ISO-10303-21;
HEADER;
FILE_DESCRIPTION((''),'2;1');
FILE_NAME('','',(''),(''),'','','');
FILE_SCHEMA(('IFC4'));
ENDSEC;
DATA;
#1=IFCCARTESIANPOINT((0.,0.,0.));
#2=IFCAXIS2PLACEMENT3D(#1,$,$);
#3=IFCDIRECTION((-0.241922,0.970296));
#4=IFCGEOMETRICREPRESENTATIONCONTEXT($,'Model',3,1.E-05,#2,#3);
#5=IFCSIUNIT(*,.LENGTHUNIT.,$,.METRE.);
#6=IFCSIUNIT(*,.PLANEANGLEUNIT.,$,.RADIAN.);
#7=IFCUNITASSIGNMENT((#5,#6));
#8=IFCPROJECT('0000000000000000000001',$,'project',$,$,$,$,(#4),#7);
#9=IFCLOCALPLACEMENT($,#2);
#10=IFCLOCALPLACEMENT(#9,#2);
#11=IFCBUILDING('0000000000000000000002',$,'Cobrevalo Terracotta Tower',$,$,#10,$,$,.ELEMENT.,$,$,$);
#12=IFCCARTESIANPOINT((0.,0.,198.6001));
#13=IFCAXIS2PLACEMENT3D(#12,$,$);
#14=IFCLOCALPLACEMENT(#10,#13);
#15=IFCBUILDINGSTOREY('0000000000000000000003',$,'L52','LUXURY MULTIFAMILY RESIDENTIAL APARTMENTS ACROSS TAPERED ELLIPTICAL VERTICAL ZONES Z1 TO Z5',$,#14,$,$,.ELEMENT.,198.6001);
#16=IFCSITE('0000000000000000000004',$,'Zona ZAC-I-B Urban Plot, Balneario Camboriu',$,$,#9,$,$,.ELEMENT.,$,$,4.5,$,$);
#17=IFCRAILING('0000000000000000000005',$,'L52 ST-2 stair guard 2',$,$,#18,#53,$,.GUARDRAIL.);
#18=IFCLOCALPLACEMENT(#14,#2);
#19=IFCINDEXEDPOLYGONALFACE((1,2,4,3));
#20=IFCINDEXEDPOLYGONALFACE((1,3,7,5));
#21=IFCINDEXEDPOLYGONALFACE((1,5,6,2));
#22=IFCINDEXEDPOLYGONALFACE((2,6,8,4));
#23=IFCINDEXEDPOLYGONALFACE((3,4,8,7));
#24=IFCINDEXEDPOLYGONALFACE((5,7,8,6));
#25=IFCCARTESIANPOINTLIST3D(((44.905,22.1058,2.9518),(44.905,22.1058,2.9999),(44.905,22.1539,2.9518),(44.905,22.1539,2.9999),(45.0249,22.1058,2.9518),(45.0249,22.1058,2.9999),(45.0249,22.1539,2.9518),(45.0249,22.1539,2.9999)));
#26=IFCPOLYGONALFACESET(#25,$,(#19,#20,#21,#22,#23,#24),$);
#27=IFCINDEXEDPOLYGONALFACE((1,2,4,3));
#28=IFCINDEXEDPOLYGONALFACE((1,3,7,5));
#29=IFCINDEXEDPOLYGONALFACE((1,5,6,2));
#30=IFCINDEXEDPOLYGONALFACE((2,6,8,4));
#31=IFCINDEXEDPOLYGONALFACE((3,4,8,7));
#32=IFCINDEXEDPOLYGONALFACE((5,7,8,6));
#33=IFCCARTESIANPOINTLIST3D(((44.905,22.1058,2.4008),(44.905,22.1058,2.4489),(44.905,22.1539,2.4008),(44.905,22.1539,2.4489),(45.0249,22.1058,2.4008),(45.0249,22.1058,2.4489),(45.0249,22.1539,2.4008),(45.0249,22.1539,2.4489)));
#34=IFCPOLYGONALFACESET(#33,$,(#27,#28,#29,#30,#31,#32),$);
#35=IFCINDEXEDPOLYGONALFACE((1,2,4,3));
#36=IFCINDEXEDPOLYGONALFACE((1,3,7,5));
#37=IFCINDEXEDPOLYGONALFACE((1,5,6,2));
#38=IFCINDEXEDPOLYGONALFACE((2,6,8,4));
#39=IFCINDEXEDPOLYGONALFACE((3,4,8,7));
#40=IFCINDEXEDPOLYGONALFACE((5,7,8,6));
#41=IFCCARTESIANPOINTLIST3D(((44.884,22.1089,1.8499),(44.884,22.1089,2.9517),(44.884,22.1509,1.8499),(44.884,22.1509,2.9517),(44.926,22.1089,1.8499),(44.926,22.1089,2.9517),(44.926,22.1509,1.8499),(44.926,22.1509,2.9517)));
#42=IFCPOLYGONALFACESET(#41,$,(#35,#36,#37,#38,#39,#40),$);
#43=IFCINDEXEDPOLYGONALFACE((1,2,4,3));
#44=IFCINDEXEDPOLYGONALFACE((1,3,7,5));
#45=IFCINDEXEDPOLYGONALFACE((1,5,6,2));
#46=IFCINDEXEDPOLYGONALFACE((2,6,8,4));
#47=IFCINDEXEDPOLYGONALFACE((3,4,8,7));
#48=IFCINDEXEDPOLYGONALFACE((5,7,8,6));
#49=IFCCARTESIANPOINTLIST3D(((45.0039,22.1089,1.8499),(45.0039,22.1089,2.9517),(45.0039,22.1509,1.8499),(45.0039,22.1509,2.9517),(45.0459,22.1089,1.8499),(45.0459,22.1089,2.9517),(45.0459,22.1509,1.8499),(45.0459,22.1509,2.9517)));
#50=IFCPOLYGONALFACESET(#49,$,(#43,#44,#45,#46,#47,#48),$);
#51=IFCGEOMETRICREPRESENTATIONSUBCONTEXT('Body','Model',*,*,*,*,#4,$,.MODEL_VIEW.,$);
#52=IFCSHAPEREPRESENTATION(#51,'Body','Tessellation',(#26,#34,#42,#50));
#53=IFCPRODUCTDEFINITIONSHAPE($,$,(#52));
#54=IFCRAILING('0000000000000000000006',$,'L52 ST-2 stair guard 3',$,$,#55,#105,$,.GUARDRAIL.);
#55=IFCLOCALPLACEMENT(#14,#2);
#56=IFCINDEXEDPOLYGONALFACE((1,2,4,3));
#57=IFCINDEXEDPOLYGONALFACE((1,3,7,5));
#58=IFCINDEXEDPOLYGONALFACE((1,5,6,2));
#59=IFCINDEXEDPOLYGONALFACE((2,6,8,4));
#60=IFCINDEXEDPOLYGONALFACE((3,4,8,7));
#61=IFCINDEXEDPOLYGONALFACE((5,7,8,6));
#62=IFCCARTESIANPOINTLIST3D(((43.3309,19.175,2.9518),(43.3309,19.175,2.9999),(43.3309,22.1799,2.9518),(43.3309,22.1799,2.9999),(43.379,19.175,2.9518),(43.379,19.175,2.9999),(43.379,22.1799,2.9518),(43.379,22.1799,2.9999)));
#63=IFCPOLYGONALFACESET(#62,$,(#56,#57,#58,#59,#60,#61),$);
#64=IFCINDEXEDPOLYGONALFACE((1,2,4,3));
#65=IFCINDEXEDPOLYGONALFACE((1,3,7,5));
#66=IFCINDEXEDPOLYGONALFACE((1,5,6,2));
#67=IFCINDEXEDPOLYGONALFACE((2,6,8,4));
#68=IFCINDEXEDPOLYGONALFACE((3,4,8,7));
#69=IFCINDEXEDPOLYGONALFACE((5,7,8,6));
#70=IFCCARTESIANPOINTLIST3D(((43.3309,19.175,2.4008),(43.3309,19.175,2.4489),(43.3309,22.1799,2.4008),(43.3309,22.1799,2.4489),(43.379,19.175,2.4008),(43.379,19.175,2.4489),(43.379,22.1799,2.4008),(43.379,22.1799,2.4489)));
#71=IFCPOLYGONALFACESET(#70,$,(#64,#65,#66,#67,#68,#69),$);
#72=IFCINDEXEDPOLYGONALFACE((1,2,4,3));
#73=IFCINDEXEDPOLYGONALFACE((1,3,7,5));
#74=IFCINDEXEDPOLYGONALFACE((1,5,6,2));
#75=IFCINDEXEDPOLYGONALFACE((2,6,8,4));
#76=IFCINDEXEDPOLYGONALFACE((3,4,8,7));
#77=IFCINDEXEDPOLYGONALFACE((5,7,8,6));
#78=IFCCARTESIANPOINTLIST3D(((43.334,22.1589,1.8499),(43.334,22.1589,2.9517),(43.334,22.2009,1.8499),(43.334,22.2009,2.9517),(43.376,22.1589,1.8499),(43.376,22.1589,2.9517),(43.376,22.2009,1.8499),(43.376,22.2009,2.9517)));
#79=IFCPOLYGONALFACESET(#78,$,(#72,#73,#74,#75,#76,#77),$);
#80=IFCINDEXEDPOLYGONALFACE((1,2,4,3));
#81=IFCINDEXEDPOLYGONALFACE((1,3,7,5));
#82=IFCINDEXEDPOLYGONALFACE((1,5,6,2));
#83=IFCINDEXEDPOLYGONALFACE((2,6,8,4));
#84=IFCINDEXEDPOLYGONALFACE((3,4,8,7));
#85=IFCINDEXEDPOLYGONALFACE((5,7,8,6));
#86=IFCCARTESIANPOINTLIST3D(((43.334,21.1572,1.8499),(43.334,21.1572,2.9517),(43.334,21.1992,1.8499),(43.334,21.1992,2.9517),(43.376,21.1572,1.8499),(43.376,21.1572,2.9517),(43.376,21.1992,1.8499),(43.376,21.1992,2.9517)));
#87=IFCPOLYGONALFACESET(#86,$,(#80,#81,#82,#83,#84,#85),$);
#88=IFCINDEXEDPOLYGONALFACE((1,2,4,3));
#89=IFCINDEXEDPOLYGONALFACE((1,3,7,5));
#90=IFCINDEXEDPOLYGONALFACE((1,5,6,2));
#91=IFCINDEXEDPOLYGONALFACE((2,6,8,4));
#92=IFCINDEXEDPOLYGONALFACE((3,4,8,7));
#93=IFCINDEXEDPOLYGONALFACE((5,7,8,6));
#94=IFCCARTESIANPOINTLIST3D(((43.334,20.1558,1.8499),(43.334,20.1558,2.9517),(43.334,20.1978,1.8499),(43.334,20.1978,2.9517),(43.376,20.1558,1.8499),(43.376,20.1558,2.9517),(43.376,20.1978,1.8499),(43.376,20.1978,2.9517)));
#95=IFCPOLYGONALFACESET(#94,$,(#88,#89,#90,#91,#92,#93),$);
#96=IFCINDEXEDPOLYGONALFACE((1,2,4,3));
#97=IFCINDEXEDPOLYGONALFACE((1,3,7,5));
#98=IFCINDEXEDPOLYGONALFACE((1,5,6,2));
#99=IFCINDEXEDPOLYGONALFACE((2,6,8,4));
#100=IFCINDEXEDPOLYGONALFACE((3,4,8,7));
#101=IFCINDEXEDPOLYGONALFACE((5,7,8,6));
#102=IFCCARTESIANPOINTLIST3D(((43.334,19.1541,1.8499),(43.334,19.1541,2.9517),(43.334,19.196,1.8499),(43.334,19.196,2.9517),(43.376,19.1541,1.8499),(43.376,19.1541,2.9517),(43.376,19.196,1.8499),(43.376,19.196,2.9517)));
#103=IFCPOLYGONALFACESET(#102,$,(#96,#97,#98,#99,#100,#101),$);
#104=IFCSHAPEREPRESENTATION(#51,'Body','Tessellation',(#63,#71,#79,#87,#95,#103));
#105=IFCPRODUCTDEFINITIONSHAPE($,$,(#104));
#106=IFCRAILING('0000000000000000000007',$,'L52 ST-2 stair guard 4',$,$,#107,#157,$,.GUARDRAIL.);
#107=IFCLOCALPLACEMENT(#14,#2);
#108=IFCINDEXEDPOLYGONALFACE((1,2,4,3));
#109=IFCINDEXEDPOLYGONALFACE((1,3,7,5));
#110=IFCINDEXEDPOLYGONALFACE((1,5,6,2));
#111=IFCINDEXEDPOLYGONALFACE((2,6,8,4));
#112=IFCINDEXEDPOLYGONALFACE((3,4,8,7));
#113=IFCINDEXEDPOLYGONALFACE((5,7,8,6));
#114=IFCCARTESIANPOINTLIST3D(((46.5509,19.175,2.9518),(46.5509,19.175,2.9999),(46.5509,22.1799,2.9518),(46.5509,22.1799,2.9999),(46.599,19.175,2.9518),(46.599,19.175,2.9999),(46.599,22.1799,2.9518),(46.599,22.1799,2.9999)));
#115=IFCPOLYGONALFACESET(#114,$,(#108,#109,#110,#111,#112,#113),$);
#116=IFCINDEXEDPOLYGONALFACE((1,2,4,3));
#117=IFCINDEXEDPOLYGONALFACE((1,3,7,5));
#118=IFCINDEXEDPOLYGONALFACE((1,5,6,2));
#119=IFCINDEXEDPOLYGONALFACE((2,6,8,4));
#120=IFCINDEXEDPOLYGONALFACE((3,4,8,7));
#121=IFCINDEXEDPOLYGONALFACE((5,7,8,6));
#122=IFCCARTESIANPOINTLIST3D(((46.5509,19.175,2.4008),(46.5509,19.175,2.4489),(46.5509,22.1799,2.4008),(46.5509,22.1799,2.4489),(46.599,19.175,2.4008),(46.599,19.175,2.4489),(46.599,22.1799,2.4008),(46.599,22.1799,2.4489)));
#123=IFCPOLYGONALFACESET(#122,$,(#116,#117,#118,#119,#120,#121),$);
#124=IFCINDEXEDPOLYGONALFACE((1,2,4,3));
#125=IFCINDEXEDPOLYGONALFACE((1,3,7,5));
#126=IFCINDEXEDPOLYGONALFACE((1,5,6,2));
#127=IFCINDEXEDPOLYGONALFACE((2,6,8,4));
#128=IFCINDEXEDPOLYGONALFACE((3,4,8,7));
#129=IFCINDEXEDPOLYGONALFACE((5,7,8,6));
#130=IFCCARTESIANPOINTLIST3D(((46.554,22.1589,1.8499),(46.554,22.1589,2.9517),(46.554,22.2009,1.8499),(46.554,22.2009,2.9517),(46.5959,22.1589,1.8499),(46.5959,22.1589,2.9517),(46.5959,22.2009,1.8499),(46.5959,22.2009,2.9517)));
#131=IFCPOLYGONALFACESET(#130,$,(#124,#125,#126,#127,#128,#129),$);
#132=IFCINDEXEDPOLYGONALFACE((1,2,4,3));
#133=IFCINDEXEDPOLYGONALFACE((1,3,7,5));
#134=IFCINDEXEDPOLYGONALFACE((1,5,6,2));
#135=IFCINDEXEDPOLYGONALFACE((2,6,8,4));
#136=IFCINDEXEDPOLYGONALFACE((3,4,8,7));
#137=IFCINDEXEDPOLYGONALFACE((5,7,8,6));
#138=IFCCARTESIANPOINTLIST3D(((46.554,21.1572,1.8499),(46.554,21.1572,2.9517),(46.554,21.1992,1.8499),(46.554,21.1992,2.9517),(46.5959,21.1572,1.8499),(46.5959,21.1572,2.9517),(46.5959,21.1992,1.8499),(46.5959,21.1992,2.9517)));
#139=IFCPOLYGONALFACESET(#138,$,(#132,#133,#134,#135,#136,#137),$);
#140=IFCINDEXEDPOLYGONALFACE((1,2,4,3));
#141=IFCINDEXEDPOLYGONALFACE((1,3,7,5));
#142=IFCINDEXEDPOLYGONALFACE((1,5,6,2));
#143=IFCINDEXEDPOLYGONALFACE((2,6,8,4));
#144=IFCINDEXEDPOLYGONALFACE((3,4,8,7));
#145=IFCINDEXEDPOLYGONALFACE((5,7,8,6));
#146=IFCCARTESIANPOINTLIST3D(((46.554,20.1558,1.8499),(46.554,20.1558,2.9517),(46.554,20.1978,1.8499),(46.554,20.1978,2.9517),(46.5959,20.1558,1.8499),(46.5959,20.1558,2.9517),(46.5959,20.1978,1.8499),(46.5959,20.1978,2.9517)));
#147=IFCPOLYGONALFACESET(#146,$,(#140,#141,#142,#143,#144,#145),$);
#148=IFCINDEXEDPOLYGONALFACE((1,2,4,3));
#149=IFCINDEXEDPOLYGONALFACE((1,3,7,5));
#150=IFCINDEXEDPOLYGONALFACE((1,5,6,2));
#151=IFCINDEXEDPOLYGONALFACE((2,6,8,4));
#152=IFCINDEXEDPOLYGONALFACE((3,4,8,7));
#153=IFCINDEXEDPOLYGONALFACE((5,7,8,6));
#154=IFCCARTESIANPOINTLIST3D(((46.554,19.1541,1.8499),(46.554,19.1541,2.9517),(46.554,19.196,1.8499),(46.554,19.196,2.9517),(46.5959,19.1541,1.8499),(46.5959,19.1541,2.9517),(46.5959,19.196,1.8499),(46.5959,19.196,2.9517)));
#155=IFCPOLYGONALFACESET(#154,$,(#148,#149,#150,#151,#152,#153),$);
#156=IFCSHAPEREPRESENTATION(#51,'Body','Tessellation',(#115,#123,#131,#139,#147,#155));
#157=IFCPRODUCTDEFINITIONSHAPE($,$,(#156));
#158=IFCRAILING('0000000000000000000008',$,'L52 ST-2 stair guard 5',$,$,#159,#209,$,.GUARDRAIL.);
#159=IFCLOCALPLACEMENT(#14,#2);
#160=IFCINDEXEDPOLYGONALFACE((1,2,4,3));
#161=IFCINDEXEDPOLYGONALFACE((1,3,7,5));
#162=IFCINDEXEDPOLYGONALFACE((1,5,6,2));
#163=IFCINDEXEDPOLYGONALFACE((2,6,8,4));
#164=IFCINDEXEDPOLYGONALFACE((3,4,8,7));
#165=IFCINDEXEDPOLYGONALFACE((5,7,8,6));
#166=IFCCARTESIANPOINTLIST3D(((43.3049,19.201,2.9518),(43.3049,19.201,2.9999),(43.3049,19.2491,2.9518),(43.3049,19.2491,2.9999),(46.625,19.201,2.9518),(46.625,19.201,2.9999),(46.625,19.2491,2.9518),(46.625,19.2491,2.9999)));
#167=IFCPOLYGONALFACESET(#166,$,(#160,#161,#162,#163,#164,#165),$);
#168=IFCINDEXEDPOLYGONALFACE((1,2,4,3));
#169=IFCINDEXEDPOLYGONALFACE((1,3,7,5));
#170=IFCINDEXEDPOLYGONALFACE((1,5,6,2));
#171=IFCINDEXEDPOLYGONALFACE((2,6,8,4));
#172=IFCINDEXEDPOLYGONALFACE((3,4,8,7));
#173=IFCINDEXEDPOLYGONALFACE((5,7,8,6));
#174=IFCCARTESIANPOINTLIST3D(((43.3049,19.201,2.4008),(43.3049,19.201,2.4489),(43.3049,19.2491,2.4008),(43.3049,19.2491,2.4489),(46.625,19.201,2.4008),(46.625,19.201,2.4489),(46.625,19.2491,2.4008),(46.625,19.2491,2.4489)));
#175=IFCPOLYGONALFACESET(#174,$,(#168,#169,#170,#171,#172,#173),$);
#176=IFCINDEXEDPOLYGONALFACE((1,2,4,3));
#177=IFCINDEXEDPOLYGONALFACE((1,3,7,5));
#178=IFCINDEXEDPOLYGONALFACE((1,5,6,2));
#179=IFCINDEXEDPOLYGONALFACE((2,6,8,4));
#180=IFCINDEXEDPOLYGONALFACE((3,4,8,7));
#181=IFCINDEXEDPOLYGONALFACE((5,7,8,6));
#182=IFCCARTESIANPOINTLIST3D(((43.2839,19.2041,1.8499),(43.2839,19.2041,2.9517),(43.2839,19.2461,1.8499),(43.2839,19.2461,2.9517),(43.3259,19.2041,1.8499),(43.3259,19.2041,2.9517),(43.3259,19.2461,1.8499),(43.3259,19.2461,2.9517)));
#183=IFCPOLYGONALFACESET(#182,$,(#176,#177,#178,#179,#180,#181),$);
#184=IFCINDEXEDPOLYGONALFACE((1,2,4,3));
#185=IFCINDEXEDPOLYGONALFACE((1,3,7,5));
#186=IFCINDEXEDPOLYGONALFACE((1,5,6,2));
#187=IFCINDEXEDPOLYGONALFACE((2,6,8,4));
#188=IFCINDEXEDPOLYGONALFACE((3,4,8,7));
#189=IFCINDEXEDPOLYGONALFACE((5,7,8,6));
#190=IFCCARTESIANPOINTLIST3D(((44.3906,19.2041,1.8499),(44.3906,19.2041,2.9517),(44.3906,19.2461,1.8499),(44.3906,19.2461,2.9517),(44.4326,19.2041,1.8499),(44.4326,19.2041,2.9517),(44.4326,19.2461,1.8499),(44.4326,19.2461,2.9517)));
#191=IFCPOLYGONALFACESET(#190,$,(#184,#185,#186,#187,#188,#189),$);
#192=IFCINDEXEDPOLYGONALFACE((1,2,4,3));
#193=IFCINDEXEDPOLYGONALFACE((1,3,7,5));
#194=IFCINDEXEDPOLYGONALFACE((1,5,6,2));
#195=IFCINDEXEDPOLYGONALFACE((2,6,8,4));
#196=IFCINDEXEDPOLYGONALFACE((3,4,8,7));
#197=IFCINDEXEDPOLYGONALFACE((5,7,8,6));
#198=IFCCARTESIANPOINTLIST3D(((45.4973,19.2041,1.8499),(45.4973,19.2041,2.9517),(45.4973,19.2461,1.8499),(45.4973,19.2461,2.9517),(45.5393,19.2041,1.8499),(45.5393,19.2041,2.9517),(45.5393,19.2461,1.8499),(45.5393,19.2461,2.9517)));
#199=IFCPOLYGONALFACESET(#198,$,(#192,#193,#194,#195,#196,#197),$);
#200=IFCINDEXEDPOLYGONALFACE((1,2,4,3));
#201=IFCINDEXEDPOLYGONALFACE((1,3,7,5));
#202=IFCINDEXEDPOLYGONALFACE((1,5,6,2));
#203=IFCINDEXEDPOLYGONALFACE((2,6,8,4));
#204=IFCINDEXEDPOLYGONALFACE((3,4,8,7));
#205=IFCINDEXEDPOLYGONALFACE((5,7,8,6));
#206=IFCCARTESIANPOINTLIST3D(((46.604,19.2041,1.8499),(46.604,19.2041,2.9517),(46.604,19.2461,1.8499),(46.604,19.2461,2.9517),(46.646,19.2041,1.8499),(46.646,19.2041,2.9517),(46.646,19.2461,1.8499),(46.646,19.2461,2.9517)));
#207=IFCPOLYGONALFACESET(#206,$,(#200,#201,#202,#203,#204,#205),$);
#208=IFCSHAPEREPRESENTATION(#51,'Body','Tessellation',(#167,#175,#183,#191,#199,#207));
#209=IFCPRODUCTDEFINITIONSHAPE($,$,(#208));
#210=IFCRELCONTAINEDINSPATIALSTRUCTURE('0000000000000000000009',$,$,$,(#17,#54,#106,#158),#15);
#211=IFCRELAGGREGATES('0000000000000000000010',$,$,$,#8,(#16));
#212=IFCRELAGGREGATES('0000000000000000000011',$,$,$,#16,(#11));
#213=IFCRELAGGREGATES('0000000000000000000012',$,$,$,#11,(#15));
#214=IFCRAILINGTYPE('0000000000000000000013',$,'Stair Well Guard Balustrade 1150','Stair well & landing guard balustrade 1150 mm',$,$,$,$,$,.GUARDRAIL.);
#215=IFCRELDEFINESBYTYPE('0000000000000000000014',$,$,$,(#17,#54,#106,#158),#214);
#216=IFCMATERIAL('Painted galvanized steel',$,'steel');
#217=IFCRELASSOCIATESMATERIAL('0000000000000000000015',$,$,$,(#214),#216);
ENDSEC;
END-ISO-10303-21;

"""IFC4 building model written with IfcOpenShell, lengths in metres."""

from ifc_helpers import new_model, si_unit, direction, frame, origin, origin_2d, place, context, subcontext, project, spatial, rectangle, extrude, material, type_object, element, save


model = new_model("IFC4")

# Units and contexts
model_context = context("Model", 3, precision=1e-05, world=origin(), true_north=direction((-0.241922, 0.970296)))
body_context = subcontext(model_context, "Body", "Model", "MODEL_VIEW")
ifc_project = project(units=[si_unit("LENGTHUNIT", "METRE"), si_unit("PLANEANGLEUNIT", "RADIAN")], contexts=[model_context])

# Site, building, storey
site_placement = place(None, origin())
site = spatial("IfcSite", under=ifc_project, at=site_placement, Name="Zona ZAC-I-B Urban Plot, Balneario Camboriu", CompositionType="ELEMENT", RefElevation=4.5)
building_placement = place(site_placement, origin())
building = spatial("IfcBuilding", under=site, at=building_placement, Name="Cobrevalo Terracotta Tower", CompositionType="ELEMENT")
storey_placement = place(building_placement, frame((0.0, 0.0, 198.6001)))
storey = spatial("IfcBuildingStorey", under=building, at=storey_placement, Name="L52", Description="LUXURY MULTIFAMILY RESIDENTIAL APARTMENTS ACROSS TAPERED ELLIPTICAL VERTICAL ZONES Z1 TO Z5", CompositionType="ELEMENT", Elevation=198.6001)

# Railings
ifc_material_1 = material(Name="Painted galvanized steel", Category="steel")
railing_type_1 = type_object("IfcRailingType", Name="Stair Well Guard Balustrade 1150", Description="Stair well & landing guard balustrade 1150 mm", PredefinedType="GUARDRAIL", material=ifc_material_1)
railing_1_placement = place(storey_placement, frame((44.905, 22.1299, 1.8499)))
element("IfcRailing", 1, at=railing_1_placement, inside=storey, type_object=railing_type_1, Name="L52 ST-2 stair guard 2", PredefinedType="GUARDRAIL", context=body_context, shape_type="SweptSolid", body=[
    extrude(rectangle(XDim=0.0481, YDim=0.0481, at=origin_2d()), frame((0.0, 0.0, 1.126), z_axis=(1.0, 0.0, 0.0), x_axis=(0.0, 1.0, 0.0)), (0.0, 0.0, 1.0), 0.1199),
    extrude(rectangle(XDim=0.0481, YDim=0.0481, at=origin_2d()), frame((0.0, 0.0, 0.575), z_axis=(1.0, 0.0, 0.0), x_axis=(0.0, 1.0, 0.0)), (0.0, 0.0, 1.0), 0.1199),
    extrude(rectangle(XDim=0.042, YDim=0.042, at=origin_2d()), origin(), (0.0, 0.0, 1.0), 1.1018),
    extrude(rectangle(XDim=0.042, YDim=0.042, at=origin_2d()), frame((0.1199, 0.0, 0.0)), (0.0, 0.0, 1.0), 1.1018),
])
for number, where, name in (
    (2, (43.355, 22.1799, 1.8499), "L52 ST-2 stair guard 3"),
    (3, (46.575, 22.1799, 1.8499), "L52 ST-2 stair guard 4"),
):
    element("IfcRailing", number, at=place(storey_placement, frame(where)), inside=storey, type_object=railing_type_1, Name=name, PredefinedType="GUARDRAIL", context=body_context, shape_type="SweptSolid", body=[
        extrude(rectangle(XDim=0.0481, YDim=0.0481, at=origin_2d()), frame((0.0, 0.0, 1.126), z_axis=(0.0, -1.0, 0.0), x_axis=(1.0, 0.0, 0.0)), (0.0, 0.0, 1.0), 3.0049),
        extrude(rectangle(XDim=0.0481, YDim=0.0481, at=origin_2d()), frame((0.0, 0.0, 0.575), z_axis=(0.0, -1.0, 0.0), x_axis=(1.0, 0.0, 0.0)), (0.0, 0.0, 1.0), 3.0049),
        extrude(rectangle(XDim=0.042, YDim=0.042, at=origin_2d()), origin(), (0.0, 0.0, 1.0), 1.1018),
        extrude(rectangle(XDim=0.042, YDim=0.042, at=origin_2d()), frame((0.0, -1.0017, 0.0)), (0.0, 0.0, 1.0), 1.1018),
        extrude(rectangle(XDim=0.042, YDim=0.042, at=origin_2d()), frame((0.0, -2.0032, 0.0)), (0.0, 0.0, 1.0), 1.1018),
        extrude(rectangle(XDim=0.042, YDim=0.042, at=origin_2d()), frame((0.0, -3.0049, 0.0)), (0.0, 0.0, 1.0), 1.1018),
    ])
railing_2_placement = place(storey_placement, frame((43.3049, 19.2251, 1.8499)))
element("IfcRailing", 4, at=railing_2_placement, inside=storey, type_object=railing_type_1, Name="L52 ST-2 stair guard 5", PredefinedType="GUARDRAIL", context=body_context, shape_type="SweptSolid", body=[
    extrude(rectangle(XDim=0.0481, YDim=0.0481, at=origin_2d()), frame((0.0, 0.0, 1.126), z_axis=(1.0, 0.0, 0.0), x_axis=(0.0, 1.0, 0.0)), (0.0, 0.0, 1.0), 3.3201),
    extrude(rectangle(XDim=0.0481, YDim=0.0481, at=origin_2d()), frame((0.0, 0.0, 0.575), z_axis=(1.0, 0.0, 0.0), x_axis=(0.0, 1.0, 0.0)), (0.0, 0.0, 1.0), 3.3201),
    extrude(rectangle(XDim=0.042, YDim=0.042, at=origin_2d()), origin(), (0.0, 0.0, 1.0), 1.1018),
    extrude(rectangle(XDim=0.042, YDim=0.042, at=origin_2d()), frame((1.1067, 0.0, 0.0)), (0.0, 0.0, 1.0), 1.1018),
    extrude(rectangle(XDim=0.042, YDim=0.042, at=origin_2d()), frame((2.2134, 0.0, 0.0)), (0.0, 0.0, 1.0), 1.1018),
    extrude(rectangle(XDim=0.042, YDim=0.042, at=origin_2d()), frame((3.3201, 0.0, 0.0)), (0.0, 0.0, 1.0), 1.1018),
])

save(model, "model.ifc")
